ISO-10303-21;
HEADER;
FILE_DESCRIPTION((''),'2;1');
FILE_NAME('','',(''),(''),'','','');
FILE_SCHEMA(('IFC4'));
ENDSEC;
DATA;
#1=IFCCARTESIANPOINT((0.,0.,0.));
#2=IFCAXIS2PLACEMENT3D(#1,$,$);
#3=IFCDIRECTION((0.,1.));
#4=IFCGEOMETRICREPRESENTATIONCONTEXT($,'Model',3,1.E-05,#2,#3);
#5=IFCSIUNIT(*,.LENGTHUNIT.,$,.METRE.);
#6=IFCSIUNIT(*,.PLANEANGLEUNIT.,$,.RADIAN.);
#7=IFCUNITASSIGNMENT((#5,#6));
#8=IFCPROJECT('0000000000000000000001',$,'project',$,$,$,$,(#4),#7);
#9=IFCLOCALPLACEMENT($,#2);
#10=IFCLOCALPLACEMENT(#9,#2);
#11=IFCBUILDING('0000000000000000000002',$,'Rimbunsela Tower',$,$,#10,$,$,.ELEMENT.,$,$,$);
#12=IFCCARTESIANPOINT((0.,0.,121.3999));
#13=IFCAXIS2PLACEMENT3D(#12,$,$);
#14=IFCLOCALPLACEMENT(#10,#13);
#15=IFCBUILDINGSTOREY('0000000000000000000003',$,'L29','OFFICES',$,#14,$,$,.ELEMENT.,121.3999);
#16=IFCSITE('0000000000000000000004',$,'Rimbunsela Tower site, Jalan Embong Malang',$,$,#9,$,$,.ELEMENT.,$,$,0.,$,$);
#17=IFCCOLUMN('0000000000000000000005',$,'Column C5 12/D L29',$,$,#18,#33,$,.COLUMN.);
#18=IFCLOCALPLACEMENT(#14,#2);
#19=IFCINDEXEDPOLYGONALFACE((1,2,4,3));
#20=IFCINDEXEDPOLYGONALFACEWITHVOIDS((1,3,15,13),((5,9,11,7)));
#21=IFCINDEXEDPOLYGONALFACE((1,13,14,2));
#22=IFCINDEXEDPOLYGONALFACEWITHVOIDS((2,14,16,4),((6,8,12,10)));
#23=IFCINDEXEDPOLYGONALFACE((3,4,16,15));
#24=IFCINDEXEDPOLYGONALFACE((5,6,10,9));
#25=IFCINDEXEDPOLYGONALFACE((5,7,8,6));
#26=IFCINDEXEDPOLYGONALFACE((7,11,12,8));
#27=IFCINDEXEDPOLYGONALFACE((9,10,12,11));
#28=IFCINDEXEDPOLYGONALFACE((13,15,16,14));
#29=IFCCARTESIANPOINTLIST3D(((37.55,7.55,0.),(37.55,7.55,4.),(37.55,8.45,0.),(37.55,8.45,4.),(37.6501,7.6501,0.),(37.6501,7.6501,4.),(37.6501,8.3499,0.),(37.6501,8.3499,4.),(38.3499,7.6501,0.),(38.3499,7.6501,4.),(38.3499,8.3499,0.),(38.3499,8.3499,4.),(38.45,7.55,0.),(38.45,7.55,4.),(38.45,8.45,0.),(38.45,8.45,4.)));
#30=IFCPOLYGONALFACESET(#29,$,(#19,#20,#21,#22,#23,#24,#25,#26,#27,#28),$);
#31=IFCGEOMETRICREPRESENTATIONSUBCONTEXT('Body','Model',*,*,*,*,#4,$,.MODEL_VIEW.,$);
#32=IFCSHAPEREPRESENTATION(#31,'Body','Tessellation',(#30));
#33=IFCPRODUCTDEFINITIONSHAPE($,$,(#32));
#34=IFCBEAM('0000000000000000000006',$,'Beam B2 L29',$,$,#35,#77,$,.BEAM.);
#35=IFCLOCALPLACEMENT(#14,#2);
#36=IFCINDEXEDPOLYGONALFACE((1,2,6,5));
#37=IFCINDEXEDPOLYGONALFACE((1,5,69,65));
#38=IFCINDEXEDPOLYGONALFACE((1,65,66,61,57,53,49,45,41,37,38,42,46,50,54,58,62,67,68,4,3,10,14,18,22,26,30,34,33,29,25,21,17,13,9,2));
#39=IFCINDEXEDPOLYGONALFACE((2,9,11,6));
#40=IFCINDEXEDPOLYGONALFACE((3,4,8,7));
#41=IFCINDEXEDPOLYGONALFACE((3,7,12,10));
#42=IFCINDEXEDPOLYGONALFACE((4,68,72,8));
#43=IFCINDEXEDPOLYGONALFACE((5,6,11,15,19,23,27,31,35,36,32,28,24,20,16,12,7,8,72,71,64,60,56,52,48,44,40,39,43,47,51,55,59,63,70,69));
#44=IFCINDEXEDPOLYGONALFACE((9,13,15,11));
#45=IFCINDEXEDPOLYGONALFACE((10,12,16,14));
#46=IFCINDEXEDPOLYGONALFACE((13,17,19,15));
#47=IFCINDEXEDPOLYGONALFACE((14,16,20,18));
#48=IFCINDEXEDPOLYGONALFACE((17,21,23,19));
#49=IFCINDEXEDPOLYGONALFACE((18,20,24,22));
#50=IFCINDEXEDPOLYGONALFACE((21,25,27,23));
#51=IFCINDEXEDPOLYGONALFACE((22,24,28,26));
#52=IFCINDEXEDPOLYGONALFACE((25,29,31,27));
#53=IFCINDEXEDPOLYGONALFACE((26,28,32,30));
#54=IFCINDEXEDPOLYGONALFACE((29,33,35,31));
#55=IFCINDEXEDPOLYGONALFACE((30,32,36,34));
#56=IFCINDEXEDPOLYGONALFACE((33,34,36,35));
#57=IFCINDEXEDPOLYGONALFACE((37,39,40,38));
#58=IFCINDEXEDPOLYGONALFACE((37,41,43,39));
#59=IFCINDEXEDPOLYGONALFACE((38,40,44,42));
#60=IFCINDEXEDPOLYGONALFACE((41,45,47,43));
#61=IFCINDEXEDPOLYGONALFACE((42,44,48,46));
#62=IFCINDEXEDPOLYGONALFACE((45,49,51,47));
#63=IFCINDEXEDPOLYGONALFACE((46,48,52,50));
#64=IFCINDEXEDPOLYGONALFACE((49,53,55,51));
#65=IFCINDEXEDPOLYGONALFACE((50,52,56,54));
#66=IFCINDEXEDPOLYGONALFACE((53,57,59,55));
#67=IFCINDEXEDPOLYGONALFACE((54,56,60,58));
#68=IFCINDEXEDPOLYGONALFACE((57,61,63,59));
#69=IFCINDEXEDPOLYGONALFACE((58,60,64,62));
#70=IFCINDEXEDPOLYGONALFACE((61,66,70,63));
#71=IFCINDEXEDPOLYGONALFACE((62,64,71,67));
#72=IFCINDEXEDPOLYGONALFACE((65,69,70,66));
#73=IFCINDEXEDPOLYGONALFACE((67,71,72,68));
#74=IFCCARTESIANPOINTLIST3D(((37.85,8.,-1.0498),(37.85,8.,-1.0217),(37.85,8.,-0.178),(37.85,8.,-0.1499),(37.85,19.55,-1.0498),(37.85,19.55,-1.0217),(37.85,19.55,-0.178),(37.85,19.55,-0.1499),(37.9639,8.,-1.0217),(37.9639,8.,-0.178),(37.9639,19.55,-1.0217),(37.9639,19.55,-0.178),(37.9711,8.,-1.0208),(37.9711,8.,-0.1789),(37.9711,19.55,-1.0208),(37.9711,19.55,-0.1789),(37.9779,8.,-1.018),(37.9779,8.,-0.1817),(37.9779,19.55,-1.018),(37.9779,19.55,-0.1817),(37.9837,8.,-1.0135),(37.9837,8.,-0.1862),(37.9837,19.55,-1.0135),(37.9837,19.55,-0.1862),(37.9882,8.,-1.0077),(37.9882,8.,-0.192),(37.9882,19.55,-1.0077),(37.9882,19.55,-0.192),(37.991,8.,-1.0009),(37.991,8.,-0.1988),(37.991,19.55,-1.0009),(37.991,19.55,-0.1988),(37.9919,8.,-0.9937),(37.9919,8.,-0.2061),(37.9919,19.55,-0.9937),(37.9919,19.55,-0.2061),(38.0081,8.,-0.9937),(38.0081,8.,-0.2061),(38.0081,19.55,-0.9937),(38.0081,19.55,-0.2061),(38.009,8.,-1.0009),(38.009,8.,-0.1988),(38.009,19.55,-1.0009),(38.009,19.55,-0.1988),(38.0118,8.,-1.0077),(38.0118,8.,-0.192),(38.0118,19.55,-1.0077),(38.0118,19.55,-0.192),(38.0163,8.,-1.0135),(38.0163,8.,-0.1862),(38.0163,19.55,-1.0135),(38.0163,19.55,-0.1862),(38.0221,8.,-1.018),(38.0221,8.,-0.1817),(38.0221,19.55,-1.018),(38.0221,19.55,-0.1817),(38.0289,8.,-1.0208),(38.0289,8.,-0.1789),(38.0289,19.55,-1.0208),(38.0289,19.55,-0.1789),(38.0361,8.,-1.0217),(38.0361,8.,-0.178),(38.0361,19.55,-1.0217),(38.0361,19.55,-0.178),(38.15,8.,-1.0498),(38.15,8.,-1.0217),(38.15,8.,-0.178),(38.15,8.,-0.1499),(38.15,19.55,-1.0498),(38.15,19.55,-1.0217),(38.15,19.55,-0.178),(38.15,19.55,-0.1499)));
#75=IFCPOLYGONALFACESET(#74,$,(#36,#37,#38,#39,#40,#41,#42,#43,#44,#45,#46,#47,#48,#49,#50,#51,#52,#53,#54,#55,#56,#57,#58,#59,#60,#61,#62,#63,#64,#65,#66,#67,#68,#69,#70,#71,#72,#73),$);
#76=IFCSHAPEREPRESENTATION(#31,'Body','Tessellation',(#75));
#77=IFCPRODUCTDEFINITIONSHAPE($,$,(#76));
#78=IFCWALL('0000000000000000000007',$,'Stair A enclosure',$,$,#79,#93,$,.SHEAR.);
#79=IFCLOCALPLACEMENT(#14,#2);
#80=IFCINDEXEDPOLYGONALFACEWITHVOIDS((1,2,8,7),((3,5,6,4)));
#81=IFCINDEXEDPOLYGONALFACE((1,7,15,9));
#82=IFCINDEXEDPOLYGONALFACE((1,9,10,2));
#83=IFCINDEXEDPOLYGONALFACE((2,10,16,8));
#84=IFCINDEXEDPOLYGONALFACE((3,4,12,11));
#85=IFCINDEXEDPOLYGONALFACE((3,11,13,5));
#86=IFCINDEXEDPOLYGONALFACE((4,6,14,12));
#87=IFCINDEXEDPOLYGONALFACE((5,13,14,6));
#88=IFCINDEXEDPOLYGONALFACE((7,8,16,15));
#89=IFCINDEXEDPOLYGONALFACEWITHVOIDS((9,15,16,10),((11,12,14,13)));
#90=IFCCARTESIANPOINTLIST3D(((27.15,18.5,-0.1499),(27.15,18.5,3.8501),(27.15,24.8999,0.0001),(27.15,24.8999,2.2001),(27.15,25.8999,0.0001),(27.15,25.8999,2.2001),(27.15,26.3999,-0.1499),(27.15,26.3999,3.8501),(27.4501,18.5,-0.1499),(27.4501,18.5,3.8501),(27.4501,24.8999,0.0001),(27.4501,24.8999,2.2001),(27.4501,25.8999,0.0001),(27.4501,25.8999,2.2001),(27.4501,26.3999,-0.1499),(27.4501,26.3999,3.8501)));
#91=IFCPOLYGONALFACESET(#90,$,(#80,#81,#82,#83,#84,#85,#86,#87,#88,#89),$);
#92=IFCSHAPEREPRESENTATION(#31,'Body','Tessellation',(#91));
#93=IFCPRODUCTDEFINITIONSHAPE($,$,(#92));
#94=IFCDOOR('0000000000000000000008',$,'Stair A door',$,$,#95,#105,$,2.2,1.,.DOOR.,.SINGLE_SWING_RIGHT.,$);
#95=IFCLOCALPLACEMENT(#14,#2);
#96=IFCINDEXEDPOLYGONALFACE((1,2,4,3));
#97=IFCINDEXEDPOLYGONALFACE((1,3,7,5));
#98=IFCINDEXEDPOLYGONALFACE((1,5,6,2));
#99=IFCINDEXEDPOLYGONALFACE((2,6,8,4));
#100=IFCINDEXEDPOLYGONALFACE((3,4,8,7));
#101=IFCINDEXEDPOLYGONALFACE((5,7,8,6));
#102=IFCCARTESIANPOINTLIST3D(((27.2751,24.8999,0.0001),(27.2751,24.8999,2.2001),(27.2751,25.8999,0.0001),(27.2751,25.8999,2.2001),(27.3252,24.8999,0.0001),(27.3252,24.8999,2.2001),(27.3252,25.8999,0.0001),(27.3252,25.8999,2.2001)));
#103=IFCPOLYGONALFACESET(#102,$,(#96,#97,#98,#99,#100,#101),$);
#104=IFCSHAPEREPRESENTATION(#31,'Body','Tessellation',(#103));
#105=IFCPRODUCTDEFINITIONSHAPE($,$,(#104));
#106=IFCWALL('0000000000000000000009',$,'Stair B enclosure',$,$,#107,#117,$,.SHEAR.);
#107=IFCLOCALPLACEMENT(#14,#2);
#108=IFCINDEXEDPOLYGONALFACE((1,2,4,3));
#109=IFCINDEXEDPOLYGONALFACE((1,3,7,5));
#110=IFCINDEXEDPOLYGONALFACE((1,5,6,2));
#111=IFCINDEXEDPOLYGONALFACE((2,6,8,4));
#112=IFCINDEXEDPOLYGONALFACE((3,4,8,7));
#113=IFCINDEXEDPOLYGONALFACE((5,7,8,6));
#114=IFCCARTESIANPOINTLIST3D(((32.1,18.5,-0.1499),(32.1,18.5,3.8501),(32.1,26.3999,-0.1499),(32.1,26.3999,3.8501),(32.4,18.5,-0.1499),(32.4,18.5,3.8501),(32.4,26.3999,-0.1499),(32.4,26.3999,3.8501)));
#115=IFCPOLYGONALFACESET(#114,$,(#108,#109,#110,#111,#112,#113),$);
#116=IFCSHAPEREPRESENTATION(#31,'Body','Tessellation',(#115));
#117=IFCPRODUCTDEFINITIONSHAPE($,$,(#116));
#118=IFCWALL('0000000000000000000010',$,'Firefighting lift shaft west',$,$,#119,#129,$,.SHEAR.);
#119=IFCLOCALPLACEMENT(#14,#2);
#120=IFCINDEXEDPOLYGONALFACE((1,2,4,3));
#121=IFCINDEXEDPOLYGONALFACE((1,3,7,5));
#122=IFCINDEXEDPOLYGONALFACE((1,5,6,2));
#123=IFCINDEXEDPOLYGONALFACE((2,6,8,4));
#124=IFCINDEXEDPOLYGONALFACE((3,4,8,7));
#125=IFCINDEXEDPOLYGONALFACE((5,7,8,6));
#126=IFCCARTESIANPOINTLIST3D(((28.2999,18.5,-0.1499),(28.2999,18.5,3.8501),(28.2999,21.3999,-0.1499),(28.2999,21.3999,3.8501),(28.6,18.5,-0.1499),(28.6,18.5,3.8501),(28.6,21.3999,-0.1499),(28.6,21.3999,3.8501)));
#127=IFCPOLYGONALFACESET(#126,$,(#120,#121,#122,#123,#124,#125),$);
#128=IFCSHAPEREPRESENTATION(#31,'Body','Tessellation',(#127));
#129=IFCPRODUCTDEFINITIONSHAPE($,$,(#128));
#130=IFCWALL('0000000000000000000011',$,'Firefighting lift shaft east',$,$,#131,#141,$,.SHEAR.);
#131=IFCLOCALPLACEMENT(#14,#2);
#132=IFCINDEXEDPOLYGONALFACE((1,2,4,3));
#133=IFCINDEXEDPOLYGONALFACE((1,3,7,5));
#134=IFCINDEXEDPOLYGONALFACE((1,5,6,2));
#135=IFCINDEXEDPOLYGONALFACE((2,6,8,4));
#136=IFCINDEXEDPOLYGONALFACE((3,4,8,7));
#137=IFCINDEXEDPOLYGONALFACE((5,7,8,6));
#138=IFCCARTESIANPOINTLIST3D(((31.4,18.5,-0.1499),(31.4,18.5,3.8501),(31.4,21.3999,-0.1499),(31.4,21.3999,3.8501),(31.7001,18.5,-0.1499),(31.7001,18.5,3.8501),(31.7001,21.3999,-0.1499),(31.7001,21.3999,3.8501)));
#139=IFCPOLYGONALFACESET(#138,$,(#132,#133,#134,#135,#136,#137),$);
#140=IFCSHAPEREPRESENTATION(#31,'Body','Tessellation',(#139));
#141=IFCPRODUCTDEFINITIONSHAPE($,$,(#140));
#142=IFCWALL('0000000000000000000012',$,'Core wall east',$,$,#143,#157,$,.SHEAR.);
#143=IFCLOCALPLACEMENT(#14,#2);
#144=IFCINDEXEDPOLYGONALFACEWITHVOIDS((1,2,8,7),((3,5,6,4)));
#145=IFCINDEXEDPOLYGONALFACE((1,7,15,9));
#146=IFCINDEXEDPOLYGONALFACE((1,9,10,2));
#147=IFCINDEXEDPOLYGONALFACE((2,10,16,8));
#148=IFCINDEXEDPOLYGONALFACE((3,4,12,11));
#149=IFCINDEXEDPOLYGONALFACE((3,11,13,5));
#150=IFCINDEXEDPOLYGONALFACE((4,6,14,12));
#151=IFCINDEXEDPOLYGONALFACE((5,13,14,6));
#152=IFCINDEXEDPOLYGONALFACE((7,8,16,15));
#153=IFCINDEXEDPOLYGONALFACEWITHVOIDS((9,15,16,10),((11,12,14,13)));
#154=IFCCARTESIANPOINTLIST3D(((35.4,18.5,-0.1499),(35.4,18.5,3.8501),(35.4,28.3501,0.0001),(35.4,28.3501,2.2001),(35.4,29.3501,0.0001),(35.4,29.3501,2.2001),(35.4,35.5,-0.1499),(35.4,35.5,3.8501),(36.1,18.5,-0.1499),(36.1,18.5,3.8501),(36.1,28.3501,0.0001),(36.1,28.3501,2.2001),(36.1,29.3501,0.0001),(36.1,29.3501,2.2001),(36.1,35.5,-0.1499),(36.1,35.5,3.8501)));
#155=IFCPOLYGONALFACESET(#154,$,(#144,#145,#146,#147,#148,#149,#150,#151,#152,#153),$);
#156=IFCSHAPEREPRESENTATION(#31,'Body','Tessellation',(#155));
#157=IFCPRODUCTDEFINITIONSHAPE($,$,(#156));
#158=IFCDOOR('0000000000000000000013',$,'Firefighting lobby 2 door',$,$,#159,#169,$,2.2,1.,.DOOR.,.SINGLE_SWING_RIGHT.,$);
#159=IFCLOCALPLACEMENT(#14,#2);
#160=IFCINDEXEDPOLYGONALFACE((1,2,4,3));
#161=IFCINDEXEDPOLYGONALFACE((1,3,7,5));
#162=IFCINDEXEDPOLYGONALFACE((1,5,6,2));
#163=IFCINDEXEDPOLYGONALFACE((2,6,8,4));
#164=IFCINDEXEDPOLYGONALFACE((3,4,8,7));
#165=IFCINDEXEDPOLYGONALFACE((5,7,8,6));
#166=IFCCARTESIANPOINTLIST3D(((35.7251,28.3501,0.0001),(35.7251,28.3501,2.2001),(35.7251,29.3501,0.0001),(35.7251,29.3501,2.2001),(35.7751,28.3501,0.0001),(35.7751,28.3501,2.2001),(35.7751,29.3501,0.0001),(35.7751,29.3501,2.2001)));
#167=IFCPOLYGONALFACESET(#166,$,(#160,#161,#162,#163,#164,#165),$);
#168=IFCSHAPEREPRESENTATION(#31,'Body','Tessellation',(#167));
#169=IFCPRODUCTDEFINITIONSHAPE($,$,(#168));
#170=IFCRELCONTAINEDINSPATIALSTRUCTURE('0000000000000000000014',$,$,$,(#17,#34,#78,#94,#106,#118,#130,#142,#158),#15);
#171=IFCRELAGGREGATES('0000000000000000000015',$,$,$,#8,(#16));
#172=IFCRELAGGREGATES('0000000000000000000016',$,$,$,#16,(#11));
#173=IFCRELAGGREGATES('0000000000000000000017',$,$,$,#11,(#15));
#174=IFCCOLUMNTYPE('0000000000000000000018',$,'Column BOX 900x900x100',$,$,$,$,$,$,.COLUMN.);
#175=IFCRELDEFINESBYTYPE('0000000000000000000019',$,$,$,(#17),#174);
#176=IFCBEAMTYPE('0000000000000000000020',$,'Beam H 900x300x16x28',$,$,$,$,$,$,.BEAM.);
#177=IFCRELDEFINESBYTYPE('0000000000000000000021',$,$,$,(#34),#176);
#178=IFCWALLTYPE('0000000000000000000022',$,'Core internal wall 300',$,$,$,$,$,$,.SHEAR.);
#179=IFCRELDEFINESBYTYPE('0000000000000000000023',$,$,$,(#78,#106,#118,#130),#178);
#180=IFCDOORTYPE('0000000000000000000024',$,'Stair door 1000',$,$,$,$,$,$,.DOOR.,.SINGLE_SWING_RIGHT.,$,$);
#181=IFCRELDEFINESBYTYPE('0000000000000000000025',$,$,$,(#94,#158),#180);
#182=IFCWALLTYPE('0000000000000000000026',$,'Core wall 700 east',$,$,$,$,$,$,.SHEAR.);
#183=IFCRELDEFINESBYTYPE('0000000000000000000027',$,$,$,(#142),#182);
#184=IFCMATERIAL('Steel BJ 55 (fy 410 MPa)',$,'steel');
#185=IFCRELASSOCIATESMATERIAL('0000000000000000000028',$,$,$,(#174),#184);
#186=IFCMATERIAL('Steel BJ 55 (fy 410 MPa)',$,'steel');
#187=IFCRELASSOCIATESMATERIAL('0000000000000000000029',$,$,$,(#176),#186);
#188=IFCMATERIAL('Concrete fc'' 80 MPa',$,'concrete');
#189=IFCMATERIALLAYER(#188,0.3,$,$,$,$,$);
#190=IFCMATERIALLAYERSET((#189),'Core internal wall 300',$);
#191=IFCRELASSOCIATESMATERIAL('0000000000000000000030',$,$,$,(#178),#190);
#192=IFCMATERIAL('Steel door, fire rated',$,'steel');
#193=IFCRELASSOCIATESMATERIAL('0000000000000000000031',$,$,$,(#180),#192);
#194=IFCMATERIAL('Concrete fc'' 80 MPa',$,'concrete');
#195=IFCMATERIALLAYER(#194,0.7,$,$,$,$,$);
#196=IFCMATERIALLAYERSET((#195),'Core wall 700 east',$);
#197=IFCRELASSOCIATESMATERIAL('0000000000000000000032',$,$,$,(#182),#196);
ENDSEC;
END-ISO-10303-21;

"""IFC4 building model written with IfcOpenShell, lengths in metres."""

from ifc_helpers import new_model, si_unit, direction, frame, frame_2d, origin, origin_2d, place, context, subcontext, project, spatial, rectangle, hollow_rectangle, i_section, extrude, material, layer, layer_set, material_profile, profile_set, type_object, element, fill, save


model = new_model("IFC4")

# Units and contexts
model_context = context("Model", 3, precision=1e-05, world=origin(), true_north=direction((0.0, 1.0)))
body_context = subcontext(model_context, "Body", "Model", "MODEL_VIEW")
ifc_project = project(units=[si_unit("LENGTHUNIT", "METRE"), si_unit("PLANEANGLEUNIT", "RADIAN")], contexts=[model_context])

# Site, building, storey
site_placement = place(None, origin())
site = spatial("IfcSite", under=ifc_project, at=site_placement, Name="Rimbunsela Tower site, Jalan Embong Malang", CompositionType="ELEMENT", RefElevation=0.0)
building_placement = place(site_placement, origin())
building = spatial("IfcBuilding", under=site, at=building_placement, Name="Rimbunsela Tower", CompositionType="ELEMENT")
storey_placement = place(building_placement, frame((0.0, 0.0, 121.3999)))
storey = spatial("IfcBuildingStorey", under=building, at=storey_placement, Name="L29", Description="OFFICES", CompositionType="ELEMENT", Elevation=121.3999)

# Column
ifc_material_1 = material(Name="Steel BJ 55 (fy 410 MPa)", Category="steel")
ifc_material_profile_1 = material_profile(ifc_material_1, hollow_rectangle(XDim=0.8999, YDim=0.8999, WallThickness=0.1001, at=origin_2d()), Name="BOX 900x900x100")
ifc_profile_set_1 = profile_set([ifc_material_profile_1], Name="Steel BJ 55 (fy 410 MPa)")
column_type = type_object("IfcColumnType", Name="Column BOX 900x900x100", PredefinedType="COLUMN", material=ifc_profile_set_1)
column_placement = place(storey_placement, frame((38.0, 8.0, 0.0), z_axis=(0.0, 0.0, 1.0), x_axis=(1.0, 0.0, 0.0)))
element("IfcColumn", 1, at=column_placement, inside=storey, type_object=column_type, Name="Column C5 12/D L29", PredefinedType="COLUMN", context=body_context, shape_type="SweptSolid", body=[
    extrude(hollow_rectangle(XDim=0.8999, YDim=0.8999, WallThickness=0.1001, at=origin_2d()), origin(), (0.0, 0.0, 1.0), 4.0),
])

# Beam
ifc_material_2 = material(Name="Steel BJ 55 (fy 410 MPa)", Category="steel")
ifc_material_profile_2 = material_profile(ifc_material_2, i_section(OverallWidth=0.3, OverallDepth=0.8999, WebThickness=0.0161, FlangeThickness=0.0281, FilletRadius=0.0281, at=origin_2d()), Name="H 900x300x16x28")
ifc_profile_set_2 = profile_set([ifc_material_profile_2], Name="Steel BJ 55 (fy 410 MPa)")
beam_type = type_object("IfcBeamType", Name="Beam H 900x300x16x28", PredefinedType="BEAM", material=ifc_profile_set_2)
beam_placement = place(storey_placement, frame((38.0, 8.0, -0.5999), z_axis=(0.0, 1.0, 0.0), x_axis=(-1.0, 0.0, 0.0)))
element("IfcBeam", 2, at=beam_placement, inside=storey, type_object=beam_type, Name="Beam B2 L29", PredefinedType="BEAM", context=body_context, shape_type="SweptSolid", body=[
    extrude(i_section(OverallWidth=0.3, OverallDepth=0.8999, WebThickness=0.0161, FlangeThickness=0.0281, FilletRadius=0.0281, at=origin_2d()), origin(), (0.0, 0.0, 1.0), 11.55),
])

# Wall, opening, door
ifc_material_3 = material(Name="Concrete fc' 80 MPa", Category="concrete")
ifc_layer_1 = layer(ifc_material_3, 0.3)
ifc_layer_set_1 = layer_set([ifc_layer_1], Name="Core internal wall 300")
wall_type_1 = type_object("IfcWallType", Name="Core internal wall 300", PredefinedType="SHEAR", material=ifc_layer_set_1)
wall_1_placement = place(storey_placement, frame((27.3, 18.5, -0.1499), z_axis=(0.0, 0.0, 1.0), x_axis=(0.0, 1.0, 0.0)))
wall_1 = element("IfcWall", 3, at=wall_1_placement, inside=storey, type_object=wall_type_1, Name="Stair A enclosure", PredefinedType="SHEAR", context=body_context, shape_type="SweptSolid", body=[
    extrude(rectangle(XDim=7.8999, YDim=0.3, at=frame_2d((3.95, 0.0))), origin(), (0.0, 0.0, 1.0), 4.0),
])
opening_1_placement = place(wall_1_placement, frame((6.3999, 0.0, 0.1499)))
opening_1 = element("IfcOpeningElement", 4, at=opening_1_placement, cuts=wall_1, PredefinedType="OPENING", context=body_context, shape_type="SweptSolid", body=[
    extrude(rectangle(XDim=1.0, YDim=2.2, at=frame_2d((0.5, 1.1001))), frame((0.0, 0.1599, 0.0), z_axis=(0.0, -1.0, 0.0), x_axis=(1.0, 0.0, 0.0)), (0.0, 0.0, 1.0), 0.3201),
])
ifc_material_4 = material(Name="Steel door, fire rated", Category="steel")
door_type_1 = type_object("IfcDoorType", Name="Stair door 1000", OperationType="SINGLE_SWING_RIGHT", PredefinedType="DOOR", material=ifc_material_4)
door_1_placement = place(opening_1_placement, origin())
door_1 = element("IfcDoor", 5, at=door_1_placement, inside=storey, type_object=door_type_1, Name="Stair A door", OperationType="SINGLE_SWING_RIGHT", OverallHeight=2.2, OverallWidth=1.0, PredefinedType="DOOR", context=body_context, shape_type="SweptSolid", body=[
    extrude(rectangle(XDim=1.0, YDim=2.2, at=frame_2d((0.5, 1.1001))), frame((0.0, 0.0249, 0.0), z_axis=(0.0, -1.0, 0.0), x_axis=(1.0, 0.0, 0.0)), (0.0, 0.0, 1.0), 0.05),
])
fill(opening_1, door_1)

# Walls
wall_2_placement = place(storey_placement, frame((32.25, 18.5, -0.1499), z_axis=(0.0, 0.0, 1.0), x_axis=(0.0, 1.0, 0.0)))
element("IfcWall", 6, at=wall_2_placement, inside=storey, type_object=wall_type_1, Name="Stair B enclosure", PredefinedType="SHEAR", context=body_context, shape_type="SweptSolid", body=[
    extrude(rectangle(XDim=7.8999, YDim=0.3, at=frame_2d((3.95, 0.0))), origin(), (0.0, 0.0, 1.0), 4.0),
])
for number, where, z_axis, x_axis, name in (
    (7, (28.45, 18.5, -0.1499), (0.0, 0.0, 1.0), (0.0, 1.0, 0.0), "Firefighting lift shaft west"),
    (8, (31.55, 18.5, -0.1499), (0.0, 0.0, 1.0), (0.0, 1.0, 0.0), "Firefighting lift shaft east"),
):
    element("IfcWall", number, at=place(storey_placement, frame(where, z_axis=z_axis, x_axis=x_axis)), inside=storey, type_object=wall_type_1, Name=name, PredefinedType="SHEAR", context=body_context, shape_type="SweptSolid", body=[
        extrude(rectangle(XDim=2.8999, YDim=0.3, at=frame_2d((1.45, 0.0))), origin(), (0.0, 0.0, 1.0), 4.0),
    ])

# Wall, opening, door
ifc_material_5 = material(Name="Concrete fc' 80 MPa", Category="concrete")
ifc_layer_2 = layer(ifc_material_5, 0.7)
ifc_layer_set_2 = layer_set([ifc_layer_2], Name="Core wall 700 east")
wall_type_2 = type_object("IfcWallType", Name="Core wall 700 east", PredefinedType="SHEAR", material=ifc_layer_set_2)
wall_3_placement = place(storey_placement, frame((35.75, 18.5, -0.1499), z_axis=(0.0, 0.0, 1.0), x_axis=(0.0, 1.0, 0.0)))
wall_3 = element("IfcWall", 9, at=wall_3_placement, inside=storey, type_object=wall_type_2, Name="Core wall east", PredefinedType="SHEAR", context=body_context, shape_type="SweptSolid", body=[
    extrude(rectangle(XDim=17.0, YDim=0.7, at=frame_2d((8.5, 0.0))), origin(), (0.0, 0.0, 1.0), 4.0),
])
opening_2_placement = place(wall_3_placement, frame((9.8501, 0.0, 0.1499)))
opening_2 = element("IfcOpeningElement", 10, at=opening_2_placement, cuts=wall_3, PredefinedType="OPENING", context=body_context, shape_type="SweptSolid", body=[
    extrude(rectangle(XDim=1.0, YDim=2.2, at=frame_2d((0.5, 1.1001))), frame((0.0, 0.3599, 0.0), z_axis=(0.0, -1.0, 0.0), x_axis=(1.0, 0.0, 0.0)), (0.0, 0.0, 1.0), 0.72),
])
door_2_placement = place(opening_2_placement, origin())
door_2 = element("IfcDoor", 11, at=door_2_placement, inside=storey, type_object=door_type_1, Name="Firefighting lobby 2 door", OperationType="SINGLE_SWING_RIGHT", OverallHeight=2.2, OverallWidth=1.0, PredefinedType="DOOR", context=body_context, shape_type="SweptSolid", body=[
    extrude(rectangle(XDim=1.0, YDim=2.2, at=frame_2d((0.5, 1.1001))), frame((0.0, 0.0249, 0.0), z_axis=(0.0, -1.0, 0.0), x_axis=(1.0, 0.0, 0.0)), (0.0, 0.0, 1.0), 0.05),
])
fill(opening_2, door_2)

save(model, "model.ifc")
